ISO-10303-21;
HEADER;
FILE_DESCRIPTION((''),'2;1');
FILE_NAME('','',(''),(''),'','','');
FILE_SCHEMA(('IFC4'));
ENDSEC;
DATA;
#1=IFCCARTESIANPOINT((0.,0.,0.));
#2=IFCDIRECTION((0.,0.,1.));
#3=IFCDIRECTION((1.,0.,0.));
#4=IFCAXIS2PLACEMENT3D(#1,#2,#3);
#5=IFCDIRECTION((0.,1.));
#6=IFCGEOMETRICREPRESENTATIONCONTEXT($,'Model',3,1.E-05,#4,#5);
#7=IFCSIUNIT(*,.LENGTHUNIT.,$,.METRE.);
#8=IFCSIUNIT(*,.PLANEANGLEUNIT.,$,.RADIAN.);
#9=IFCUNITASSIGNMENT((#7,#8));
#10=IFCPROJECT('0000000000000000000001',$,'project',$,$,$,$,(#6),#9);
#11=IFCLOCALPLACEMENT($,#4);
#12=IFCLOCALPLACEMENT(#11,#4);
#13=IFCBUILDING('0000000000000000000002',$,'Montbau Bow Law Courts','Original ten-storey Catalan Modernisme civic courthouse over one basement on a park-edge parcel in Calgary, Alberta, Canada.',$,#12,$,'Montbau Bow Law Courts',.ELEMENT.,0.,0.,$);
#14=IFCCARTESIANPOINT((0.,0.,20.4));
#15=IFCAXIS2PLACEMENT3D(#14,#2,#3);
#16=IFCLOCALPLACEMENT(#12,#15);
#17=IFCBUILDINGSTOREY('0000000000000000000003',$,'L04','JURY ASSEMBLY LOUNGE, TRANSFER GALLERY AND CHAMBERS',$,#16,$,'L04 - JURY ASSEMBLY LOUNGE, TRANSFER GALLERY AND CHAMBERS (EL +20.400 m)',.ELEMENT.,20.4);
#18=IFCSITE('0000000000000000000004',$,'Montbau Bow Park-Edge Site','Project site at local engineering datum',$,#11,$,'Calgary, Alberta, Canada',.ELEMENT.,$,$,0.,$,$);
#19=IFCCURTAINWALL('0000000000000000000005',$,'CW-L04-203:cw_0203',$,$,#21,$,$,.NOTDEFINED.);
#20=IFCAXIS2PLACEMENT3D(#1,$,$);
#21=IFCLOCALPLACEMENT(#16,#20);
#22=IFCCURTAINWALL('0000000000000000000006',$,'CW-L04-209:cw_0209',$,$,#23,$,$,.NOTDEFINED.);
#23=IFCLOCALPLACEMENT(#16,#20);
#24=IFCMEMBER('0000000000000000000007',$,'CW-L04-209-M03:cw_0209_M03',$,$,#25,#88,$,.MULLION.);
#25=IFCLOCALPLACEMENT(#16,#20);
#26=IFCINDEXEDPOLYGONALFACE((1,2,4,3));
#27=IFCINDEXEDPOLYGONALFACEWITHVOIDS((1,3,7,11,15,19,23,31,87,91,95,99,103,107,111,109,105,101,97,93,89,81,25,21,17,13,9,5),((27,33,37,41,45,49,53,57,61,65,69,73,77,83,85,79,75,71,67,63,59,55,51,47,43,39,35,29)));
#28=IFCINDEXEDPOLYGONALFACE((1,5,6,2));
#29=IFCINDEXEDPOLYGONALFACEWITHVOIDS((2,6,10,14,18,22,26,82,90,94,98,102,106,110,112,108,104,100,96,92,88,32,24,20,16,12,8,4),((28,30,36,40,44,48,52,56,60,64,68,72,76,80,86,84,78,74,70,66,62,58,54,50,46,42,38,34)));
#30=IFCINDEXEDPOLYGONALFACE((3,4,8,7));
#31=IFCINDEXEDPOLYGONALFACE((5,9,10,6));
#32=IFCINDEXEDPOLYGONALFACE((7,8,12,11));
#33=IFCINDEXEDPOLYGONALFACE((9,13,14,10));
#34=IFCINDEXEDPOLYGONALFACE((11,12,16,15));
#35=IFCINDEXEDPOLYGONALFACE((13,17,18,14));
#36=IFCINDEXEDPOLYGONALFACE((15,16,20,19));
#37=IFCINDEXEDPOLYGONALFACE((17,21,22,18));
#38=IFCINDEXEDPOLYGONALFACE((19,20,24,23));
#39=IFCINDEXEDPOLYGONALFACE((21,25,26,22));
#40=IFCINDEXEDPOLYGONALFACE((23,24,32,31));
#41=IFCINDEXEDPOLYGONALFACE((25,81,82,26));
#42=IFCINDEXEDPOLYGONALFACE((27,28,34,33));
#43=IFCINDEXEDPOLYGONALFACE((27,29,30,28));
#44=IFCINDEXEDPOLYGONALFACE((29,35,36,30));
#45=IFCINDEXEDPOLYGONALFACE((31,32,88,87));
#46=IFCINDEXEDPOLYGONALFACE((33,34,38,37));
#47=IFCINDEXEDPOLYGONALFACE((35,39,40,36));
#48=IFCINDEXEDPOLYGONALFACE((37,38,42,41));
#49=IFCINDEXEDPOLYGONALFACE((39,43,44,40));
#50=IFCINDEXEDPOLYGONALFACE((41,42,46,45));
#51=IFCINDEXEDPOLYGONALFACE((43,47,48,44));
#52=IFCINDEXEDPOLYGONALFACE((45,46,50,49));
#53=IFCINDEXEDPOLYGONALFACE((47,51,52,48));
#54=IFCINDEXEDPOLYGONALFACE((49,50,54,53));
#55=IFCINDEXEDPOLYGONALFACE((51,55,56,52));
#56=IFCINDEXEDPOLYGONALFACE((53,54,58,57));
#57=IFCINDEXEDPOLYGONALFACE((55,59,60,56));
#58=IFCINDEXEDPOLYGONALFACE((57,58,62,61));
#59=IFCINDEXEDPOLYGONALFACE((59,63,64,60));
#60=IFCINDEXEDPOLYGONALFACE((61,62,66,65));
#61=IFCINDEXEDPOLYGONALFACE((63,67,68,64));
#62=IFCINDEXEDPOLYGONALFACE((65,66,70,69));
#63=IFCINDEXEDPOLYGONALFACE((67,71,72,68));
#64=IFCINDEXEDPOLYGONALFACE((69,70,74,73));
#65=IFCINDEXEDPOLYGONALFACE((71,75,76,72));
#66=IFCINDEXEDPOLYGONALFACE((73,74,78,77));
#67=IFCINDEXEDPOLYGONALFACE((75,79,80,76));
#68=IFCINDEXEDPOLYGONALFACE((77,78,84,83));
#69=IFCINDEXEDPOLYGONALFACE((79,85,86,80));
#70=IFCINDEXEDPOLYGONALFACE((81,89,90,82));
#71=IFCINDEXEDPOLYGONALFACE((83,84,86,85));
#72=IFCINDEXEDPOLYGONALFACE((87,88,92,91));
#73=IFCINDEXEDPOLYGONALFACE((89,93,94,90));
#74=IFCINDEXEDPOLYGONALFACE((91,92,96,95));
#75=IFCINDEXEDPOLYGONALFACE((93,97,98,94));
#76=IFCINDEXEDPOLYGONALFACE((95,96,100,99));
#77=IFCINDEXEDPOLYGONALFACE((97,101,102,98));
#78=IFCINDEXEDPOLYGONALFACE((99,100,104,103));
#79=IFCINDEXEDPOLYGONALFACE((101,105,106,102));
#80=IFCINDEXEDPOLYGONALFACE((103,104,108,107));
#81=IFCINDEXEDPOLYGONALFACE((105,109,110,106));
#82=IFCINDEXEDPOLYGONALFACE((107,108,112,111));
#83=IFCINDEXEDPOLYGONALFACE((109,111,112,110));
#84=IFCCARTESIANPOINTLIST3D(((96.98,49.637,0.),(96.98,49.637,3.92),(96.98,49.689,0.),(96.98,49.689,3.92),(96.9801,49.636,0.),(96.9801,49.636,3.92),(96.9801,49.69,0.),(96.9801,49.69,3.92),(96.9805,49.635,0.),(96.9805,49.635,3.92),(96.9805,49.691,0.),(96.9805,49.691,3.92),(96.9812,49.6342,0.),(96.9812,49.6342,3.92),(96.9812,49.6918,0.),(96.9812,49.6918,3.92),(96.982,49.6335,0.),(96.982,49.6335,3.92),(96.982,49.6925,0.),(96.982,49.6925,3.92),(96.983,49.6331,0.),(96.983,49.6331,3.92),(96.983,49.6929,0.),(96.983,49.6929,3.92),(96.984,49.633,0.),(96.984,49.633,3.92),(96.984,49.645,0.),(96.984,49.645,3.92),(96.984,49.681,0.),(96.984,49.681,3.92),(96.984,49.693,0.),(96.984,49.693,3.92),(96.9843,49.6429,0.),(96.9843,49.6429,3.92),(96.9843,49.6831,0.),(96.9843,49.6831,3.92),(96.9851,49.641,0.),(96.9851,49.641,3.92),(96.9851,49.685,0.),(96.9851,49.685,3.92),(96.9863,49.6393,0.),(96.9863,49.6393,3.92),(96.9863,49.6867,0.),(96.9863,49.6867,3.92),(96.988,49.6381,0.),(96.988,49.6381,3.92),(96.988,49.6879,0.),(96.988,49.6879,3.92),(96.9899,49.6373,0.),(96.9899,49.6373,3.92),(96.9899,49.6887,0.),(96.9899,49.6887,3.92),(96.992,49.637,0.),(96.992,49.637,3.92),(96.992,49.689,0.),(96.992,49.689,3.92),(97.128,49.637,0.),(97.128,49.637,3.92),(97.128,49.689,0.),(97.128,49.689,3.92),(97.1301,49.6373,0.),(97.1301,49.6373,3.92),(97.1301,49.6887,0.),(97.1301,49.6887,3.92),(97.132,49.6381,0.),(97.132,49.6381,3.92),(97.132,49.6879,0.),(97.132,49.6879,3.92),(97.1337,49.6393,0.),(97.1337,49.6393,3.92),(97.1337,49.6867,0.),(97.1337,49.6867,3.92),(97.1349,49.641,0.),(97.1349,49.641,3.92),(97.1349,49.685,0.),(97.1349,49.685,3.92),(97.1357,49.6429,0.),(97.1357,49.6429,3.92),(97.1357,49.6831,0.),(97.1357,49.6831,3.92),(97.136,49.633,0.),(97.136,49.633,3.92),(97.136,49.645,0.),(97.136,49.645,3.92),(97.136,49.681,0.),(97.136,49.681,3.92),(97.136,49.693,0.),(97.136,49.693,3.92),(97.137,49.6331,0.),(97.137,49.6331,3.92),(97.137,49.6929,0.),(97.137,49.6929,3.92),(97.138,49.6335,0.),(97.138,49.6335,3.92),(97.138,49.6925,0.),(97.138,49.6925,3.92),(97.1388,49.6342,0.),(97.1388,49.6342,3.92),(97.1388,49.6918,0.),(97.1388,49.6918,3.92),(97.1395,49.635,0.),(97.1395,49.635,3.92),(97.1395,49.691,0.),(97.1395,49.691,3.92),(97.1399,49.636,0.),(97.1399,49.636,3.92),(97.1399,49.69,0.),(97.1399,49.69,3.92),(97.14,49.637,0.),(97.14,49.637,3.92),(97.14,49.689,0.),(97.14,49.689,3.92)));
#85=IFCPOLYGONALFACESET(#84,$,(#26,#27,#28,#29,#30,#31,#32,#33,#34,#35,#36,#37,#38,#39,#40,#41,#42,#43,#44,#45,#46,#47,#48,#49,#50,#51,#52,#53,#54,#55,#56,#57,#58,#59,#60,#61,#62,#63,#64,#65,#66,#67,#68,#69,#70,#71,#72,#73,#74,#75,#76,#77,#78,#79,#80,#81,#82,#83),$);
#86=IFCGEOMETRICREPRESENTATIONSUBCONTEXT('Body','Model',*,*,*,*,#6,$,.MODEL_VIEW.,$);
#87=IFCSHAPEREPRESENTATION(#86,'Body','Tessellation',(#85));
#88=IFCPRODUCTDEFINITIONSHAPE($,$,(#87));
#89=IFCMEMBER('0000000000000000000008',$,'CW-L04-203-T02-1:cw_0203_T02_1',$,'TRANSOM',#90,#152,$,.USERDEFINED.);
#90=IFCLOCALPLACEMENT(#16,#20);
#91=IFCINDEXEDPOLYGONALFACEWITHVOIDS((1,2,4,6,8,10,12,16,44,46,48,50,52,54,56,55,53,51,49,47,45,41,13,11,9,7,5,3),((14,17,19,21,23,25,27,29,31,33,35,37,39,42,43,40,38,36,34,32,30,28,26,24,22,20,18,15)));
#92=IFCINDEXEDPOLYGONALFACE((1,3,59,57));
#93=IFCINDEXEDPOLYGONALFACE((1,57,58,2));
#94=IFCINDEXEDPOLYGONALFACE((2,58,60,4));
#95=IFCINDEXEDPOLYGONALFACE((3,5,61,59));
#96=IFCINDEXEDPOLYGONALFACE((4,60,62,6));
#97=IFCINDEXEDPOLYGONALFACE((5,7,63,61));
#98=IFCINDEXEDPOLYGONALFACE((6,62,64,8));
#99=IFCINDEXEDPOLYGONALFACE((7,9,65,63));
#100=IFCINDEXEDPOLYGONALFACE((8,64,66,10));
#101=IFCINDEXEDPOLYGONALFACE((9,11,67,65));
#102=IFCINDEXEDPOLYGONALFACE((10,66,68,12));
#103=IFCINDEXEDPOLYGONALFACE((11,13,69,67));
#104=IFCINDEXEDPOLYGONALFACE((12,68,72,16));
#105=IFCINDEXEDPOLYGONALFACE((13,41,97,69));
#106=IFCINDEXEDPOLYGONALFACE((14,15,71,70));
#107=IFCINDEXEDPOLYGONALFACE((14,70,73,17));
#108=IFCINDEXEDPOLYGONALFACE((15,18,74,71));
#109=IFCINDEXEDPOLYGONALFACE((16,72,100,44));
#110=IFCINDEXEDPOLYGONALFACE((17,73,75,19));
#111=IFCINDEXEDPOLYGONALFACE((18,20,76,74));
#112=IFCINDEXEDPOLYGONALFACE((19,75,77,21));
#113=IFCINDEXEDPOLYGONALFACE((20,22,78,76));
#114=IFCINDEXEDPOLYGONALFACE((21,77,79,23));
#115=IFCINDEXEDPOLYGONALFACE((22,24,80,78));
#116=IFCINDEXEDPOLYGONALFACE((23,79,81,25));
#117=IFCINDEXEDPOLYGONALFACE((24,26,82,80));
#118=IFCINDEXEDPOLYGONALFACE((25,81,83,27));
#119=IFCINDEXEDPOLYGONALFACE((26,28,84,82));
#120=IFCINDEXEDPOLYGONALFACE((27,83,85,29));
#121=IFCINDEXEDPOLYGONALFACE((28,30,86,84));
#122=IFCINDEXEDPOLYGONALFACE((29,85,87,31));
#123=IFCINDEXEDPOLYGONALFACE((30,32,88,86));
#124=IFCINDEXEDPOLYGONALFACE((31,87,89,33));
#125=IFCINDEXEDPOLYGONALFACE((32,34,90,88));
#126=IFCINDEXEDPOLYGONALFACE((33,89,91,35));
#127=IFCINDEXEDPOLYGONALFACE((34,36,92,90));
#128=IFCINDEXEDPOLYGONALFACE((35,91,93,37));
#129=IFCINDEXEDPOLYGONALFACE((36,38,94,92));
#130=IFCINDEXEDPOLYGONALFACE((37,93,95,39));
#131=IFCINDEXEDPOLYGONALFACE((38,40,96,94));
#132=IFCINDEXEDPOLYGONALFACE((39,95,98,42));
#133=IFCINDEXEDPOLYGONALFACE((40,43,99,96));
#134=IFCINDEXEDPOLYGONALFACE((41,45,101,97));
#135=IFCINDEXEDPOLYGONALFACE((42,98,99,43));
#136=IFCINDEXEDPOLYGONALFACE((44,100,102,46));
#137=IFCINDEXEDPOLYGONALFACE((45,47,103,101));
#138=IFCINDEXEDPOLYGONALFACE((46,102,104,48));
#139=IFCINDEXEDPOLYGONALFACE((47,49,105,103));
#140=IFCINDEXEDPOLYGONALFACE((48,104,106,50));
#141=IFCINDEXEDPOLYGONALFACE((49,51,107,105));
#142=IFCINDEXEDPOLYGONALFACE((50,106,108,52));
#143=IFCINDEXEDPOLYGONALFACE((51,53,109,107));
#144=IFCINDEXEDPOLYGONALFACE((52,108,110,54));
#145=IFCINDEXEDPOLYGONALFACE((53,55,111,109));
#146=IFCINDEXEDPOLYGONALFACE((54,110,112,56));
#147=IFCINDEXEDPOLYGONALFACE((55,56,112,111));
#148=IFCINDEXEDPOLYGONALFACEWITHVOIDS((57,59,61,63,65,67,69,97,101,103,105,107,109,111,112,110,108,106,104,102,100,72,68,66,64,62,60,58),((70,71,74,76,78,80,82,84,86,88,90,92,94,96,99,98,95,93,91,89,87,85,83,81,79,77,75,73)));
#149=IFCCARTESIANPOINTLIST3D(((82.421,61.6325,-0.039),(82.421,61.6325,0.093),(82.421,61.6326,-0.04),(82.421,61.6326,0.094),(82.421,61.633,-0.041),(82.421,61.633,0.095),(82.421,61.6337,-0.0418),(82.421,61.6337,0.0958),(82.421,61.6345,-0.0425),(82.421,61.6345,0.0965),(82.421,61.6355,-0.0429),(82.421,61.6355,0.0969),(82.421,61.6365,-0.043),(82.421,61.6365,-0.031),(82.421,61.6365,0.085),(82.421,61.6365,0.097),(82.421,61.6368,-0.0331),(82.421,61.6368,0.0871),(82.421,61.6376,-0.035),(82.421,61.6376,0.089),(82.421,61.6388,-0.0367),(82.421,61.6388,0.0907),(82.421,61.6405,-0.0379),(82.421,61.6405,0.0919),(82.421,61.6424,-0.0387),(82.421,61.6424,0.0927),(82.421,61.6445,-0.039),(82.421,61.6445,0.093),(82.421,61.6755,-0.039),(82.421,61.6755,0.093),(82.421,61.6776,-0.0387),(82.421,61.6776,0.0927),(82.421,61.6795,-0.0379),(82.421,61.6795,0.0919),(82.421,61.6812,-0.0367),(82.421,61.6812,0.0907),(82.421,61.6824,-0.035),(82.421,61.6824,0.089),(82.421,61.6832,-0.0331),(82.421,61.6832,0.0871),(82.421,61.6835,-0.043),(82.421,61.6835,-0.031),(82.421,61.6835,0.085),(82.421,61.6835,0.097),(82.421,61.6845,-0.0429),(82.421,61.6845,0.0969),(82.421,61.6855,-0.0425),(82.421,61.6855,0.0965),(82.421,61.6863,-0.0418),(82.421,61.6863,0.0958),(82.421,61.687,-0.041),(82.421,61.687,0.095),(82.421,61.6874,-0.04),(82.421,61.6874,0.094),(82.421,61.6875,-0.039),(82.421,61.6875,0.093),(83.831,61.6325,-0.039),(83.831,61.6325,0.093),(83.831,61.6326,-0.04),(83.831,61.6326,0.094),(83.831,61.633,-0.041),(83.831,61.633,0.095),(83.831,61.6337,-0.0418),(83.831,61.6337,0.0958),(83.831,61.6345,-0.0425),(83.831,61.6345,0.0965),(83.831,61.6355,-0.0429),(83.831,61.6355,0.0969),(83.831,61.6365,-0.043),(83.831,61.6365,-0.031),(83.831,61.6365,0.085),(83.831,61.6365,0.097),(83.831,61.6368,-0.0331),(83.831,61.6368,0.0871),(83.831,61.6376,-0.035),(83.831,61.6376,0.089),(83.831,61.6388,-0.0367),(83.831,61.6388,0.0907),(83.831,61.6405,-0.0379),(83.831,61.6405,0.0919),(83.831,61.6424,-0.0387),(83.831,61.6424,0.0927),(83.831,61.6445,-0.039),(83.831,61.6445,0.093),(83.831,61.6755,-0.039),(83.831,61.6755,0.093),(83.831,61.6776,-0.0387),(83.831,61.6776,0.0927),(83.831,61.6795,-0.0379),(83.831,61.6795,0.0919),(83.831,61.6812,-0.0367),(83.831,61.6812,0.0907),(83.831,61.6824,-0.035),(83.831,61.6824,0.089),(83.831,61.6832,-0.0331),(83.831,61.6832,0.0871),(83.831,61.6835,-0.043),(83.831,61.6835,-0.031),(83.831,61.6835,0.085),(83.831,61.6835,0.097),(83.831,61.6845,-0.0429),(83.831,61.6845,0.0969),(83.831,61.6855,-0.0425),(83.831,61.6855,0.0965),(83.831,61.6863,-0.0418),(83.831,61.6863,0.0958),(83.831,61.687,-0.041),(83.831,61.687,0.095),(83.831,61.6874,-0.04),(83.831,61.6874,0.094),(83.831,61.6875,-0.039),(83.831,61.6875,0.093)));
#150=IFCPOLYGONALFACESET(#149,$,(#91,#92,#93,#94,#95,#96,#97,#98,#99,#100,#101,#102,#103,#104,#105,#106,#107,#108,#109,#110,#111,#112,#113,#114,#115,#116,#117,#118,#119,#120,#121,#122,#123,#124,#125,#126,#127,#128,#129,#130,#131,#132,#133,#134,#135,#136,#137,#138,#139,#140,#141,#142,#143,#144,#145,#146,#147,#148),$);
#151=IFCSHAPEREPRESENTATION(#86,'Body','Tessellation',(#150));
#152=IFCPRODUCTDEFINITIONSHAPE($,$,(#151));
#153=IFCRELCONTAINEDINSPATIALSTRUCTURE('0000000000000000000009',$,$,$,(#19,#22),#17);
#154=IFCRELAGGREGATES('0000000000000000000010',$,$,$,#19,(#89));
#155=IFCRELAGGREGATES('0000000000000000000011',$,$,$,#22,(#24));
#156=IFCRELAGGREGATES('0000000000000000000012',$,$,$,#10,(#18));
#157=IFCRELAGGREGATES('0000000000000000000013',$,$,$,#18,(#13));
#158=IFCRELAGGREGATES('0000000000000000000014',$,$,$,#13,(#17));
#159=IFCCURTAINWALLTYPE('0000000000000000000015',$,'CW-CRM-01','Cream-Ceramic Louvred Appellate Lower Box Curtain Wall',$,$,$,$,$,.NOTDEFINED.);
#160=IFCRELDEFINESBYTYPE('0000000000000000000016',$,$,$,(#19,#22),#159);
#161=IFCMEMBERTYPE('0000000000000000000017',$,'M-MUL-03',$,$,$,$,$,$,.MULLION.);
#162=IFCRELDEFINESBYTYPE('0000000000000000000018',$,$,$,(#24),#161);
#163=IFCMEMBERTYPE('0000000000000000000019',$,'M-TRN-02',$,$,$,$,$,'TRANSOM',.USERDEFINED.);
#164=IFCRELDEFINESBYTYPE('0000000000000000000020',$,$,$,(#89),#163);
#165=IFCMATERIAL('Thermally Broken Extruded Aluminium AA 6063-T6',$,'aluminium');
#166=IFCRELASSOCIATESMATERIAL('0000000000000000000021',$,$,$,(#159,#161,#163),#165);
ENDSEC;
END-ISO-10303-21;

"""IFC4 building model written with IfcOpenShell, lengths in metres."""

from ifc_helpers import new_model, si_unit, direction, frame, origin_with_axes, origin_2d_with_axis, place, context, subcontext, project, spatial, hollow_rectangle, extrude, material, material_profile, profile_set, type_object, element, aggregate, save


model = new_model("IFC4")

# Units and contexts
model_context = context("Model", 3, precision=1e-05, world=origin_with_axes(), true_north=direction((0.0, 1.0)))
body_context = subcontext(model_context, "Body", "Model", "MODEL_VIEW")
ifc_project = project(units=[si_unit("LENGTHUNIT", "METRE"), si_unit("PLANEANGLEUNIT", "RADIAN")], contexts=[model_context])

# Site, building, storey
site_placement = place(None, origin_with_axes())
site = spatial("IfcSite", under=ifc_project, at=site_placement, Name="Montbau Bow Park-Edge Site", Description="Project site at local engineering datum", LongName="Calgary, Alberta, Canada", CompositionType="ELEMENT", RefElevation=0.0)
building_placement = place(site_placement, origin_with_axes())
building = spatial("IfcBuilding", under=site, at=building_placement, Name="Montbau Bow Law Courts", Description="Original ten-storey Catalan Modernisme civic courthouse over one basement on a park-edge parcel in Calgary, Alberta, Canada.", LongName="Montbau Bow Law Courts", CompositionType="ELEMENT", ElevationOfRefHeight=0.0, ElevationOfTerrain=0.0)
storey_placement = place(building_placement, frame((0.0, 0.0, 20.4), z_axis=(0.0, 0.0, 1.0), x_axis=(1.0, 0.0, 0.0)))
storey = spatial("IfcBuildingStorey", under=building, at=storey_placement, Name="L04", Description="JURY ASSEMBLY LOUNGE, TRANSFER GALLERY AND CHAMBERS", LongName="L04 - JURY ASSEMBLY LOUNGE, TRANSFER GALLERY AND CHAMBERS (EL +20.400 m)", CompositionType="ELEMENT", Elevation=20.4)

# Curtain wall
ifc_material_1 = material(Name="Thermally Broken Extruded Aluminium AA 6063-T6", Category="aluminium")
curtain_wall_type = type_object("IfcCurtainWallType", Name="CW-CRM-01", Description="Cream-Ceramic Louvred Appellate Lower Box Curtain Wall", PredefinedType="NOTDEFINED", material=ifc_material_1)
curtain_wall_1_placement = place(None, frame((80.915, 61.66, 20.4), z_axis=(0.0, 0.0, 1.0), x_axis=(1.0, 0.0, 0.0)))
curtain_wall_1 = element("IfcCurtainWall", 1, at=curtain_wall_1_placement, inside=storey, type_object=curtain_wall_type, Name="CW-L04-203:cw_0203", PredefinedType="NOTDEFINED")
ifc_material_profile_1 = material_profile(ifc_material_1, hollow_rectangle(XDim=0.06, YDim=0.16, WallThickness=0.004, InnerFilletRadius=0.008, OuterFilletRadius=0.004, at=origin_2d_with_axis()), Name="CWM-160X60", Category="Main", Priority=0)
ifc_profile_set_1 = profile_set([ifc_material_profile_1], Name="Thermally Broken Extruded Aluminium AA 6063-T6")
member_type_1 = type_object("IfcMemberType", Name="M-MUL-03", PredefinedType="MULLION", material=ifc_profile_set_1)

# Curtain wall, member
curtain_wall_2_placement = place(None, frame((97.06, 46.715, 20.4), z_axis=(0.0, 0.0, 1.0), x_axis=(1.0, 0.0, 0.0)))
curtain_wall_2 = element("IfcCurtainWall", 2, at=curtain_wall_2_placement, inside=storey, type_object=curtain_wall_type, Name="CW-L04-209:cw_0209", PredefinedType="NOTDEFINED")
member_1_placement = place(None, frame((97.06, 49.663, 20.4), z_axis=(0.0, 0.0, 1.0), x_axis=(0.0, 1.0, 0.0)))
member_1 = element("IfcMember", 3, at=member_1_placement, type_object=member_type_1, Name="CW-L04-209-M03:cw_0209_M03", PredefinedType="MULLION", context=body_context, shape_type="SweptSolid", body=[
    extrude(hollow_rectangle(XDim=0.06, YDim=0.16, WallThickness=0.004, InnerFilletRadius=0.008, OuterFilletRadius=0.004, at=origin_2d_with_axis()), origin_with_axes(), (0.0, 0.0, 1.0), 3.92),
])

# Member
ifc_material_profile_2 = material_profile(ifc_material_1, hollow_rectangle(XDim=0.055, YDim=0.14, WallThickness=0.004, InnerFilletRadius=0.008, OuterFilletRadius=0.004, at=origin_2d_with_axis()), Name="CWT-140X55", Category="Main", Priority=0)
ifc_profile_set_2 = profile_set([ifc_material_profile_2], Name="Thermally Broken Extruded Aluminium AA 6063-T6")
member_type_2 = type_object("IfcMemberType", Name="M-TRN-02", ElementType="TRANSOM", PredefinedType="USERDEFINED", material=ifc_profile_set_2)
member_2_placement = place(None, frame((82.421, 61.66, 20.427), z_axis=(1.0, 0.0, 0.0), x_axis=(0.0, 1.0, 0.0)))
member_2 = element("IfcMember", 4, at=member_2_placement, type_object=member_type_2, Name="CW-L04-203-T02-1:cw_0203_T02_1", ObjectType="TRANSOM", PredefinedType="USERDEFINED", context=body_context, shape_type="SweptSolid", body=[
    extrude(hollow_rectangle(XDim=0.055, YDim=0.14, WallThickness=0.004, InnerFilletRadius=0.008, OuterFilletRadius=0.004, at=origin_2d_with_axis()), origin_with_axes(), (0.0, 0.0, 1.0), 1.41),
])

aggregate(curtain_wall_1, [member_2])
aggregate(curtain_wall_2, [member_1])

save(model, "model.ifc")
